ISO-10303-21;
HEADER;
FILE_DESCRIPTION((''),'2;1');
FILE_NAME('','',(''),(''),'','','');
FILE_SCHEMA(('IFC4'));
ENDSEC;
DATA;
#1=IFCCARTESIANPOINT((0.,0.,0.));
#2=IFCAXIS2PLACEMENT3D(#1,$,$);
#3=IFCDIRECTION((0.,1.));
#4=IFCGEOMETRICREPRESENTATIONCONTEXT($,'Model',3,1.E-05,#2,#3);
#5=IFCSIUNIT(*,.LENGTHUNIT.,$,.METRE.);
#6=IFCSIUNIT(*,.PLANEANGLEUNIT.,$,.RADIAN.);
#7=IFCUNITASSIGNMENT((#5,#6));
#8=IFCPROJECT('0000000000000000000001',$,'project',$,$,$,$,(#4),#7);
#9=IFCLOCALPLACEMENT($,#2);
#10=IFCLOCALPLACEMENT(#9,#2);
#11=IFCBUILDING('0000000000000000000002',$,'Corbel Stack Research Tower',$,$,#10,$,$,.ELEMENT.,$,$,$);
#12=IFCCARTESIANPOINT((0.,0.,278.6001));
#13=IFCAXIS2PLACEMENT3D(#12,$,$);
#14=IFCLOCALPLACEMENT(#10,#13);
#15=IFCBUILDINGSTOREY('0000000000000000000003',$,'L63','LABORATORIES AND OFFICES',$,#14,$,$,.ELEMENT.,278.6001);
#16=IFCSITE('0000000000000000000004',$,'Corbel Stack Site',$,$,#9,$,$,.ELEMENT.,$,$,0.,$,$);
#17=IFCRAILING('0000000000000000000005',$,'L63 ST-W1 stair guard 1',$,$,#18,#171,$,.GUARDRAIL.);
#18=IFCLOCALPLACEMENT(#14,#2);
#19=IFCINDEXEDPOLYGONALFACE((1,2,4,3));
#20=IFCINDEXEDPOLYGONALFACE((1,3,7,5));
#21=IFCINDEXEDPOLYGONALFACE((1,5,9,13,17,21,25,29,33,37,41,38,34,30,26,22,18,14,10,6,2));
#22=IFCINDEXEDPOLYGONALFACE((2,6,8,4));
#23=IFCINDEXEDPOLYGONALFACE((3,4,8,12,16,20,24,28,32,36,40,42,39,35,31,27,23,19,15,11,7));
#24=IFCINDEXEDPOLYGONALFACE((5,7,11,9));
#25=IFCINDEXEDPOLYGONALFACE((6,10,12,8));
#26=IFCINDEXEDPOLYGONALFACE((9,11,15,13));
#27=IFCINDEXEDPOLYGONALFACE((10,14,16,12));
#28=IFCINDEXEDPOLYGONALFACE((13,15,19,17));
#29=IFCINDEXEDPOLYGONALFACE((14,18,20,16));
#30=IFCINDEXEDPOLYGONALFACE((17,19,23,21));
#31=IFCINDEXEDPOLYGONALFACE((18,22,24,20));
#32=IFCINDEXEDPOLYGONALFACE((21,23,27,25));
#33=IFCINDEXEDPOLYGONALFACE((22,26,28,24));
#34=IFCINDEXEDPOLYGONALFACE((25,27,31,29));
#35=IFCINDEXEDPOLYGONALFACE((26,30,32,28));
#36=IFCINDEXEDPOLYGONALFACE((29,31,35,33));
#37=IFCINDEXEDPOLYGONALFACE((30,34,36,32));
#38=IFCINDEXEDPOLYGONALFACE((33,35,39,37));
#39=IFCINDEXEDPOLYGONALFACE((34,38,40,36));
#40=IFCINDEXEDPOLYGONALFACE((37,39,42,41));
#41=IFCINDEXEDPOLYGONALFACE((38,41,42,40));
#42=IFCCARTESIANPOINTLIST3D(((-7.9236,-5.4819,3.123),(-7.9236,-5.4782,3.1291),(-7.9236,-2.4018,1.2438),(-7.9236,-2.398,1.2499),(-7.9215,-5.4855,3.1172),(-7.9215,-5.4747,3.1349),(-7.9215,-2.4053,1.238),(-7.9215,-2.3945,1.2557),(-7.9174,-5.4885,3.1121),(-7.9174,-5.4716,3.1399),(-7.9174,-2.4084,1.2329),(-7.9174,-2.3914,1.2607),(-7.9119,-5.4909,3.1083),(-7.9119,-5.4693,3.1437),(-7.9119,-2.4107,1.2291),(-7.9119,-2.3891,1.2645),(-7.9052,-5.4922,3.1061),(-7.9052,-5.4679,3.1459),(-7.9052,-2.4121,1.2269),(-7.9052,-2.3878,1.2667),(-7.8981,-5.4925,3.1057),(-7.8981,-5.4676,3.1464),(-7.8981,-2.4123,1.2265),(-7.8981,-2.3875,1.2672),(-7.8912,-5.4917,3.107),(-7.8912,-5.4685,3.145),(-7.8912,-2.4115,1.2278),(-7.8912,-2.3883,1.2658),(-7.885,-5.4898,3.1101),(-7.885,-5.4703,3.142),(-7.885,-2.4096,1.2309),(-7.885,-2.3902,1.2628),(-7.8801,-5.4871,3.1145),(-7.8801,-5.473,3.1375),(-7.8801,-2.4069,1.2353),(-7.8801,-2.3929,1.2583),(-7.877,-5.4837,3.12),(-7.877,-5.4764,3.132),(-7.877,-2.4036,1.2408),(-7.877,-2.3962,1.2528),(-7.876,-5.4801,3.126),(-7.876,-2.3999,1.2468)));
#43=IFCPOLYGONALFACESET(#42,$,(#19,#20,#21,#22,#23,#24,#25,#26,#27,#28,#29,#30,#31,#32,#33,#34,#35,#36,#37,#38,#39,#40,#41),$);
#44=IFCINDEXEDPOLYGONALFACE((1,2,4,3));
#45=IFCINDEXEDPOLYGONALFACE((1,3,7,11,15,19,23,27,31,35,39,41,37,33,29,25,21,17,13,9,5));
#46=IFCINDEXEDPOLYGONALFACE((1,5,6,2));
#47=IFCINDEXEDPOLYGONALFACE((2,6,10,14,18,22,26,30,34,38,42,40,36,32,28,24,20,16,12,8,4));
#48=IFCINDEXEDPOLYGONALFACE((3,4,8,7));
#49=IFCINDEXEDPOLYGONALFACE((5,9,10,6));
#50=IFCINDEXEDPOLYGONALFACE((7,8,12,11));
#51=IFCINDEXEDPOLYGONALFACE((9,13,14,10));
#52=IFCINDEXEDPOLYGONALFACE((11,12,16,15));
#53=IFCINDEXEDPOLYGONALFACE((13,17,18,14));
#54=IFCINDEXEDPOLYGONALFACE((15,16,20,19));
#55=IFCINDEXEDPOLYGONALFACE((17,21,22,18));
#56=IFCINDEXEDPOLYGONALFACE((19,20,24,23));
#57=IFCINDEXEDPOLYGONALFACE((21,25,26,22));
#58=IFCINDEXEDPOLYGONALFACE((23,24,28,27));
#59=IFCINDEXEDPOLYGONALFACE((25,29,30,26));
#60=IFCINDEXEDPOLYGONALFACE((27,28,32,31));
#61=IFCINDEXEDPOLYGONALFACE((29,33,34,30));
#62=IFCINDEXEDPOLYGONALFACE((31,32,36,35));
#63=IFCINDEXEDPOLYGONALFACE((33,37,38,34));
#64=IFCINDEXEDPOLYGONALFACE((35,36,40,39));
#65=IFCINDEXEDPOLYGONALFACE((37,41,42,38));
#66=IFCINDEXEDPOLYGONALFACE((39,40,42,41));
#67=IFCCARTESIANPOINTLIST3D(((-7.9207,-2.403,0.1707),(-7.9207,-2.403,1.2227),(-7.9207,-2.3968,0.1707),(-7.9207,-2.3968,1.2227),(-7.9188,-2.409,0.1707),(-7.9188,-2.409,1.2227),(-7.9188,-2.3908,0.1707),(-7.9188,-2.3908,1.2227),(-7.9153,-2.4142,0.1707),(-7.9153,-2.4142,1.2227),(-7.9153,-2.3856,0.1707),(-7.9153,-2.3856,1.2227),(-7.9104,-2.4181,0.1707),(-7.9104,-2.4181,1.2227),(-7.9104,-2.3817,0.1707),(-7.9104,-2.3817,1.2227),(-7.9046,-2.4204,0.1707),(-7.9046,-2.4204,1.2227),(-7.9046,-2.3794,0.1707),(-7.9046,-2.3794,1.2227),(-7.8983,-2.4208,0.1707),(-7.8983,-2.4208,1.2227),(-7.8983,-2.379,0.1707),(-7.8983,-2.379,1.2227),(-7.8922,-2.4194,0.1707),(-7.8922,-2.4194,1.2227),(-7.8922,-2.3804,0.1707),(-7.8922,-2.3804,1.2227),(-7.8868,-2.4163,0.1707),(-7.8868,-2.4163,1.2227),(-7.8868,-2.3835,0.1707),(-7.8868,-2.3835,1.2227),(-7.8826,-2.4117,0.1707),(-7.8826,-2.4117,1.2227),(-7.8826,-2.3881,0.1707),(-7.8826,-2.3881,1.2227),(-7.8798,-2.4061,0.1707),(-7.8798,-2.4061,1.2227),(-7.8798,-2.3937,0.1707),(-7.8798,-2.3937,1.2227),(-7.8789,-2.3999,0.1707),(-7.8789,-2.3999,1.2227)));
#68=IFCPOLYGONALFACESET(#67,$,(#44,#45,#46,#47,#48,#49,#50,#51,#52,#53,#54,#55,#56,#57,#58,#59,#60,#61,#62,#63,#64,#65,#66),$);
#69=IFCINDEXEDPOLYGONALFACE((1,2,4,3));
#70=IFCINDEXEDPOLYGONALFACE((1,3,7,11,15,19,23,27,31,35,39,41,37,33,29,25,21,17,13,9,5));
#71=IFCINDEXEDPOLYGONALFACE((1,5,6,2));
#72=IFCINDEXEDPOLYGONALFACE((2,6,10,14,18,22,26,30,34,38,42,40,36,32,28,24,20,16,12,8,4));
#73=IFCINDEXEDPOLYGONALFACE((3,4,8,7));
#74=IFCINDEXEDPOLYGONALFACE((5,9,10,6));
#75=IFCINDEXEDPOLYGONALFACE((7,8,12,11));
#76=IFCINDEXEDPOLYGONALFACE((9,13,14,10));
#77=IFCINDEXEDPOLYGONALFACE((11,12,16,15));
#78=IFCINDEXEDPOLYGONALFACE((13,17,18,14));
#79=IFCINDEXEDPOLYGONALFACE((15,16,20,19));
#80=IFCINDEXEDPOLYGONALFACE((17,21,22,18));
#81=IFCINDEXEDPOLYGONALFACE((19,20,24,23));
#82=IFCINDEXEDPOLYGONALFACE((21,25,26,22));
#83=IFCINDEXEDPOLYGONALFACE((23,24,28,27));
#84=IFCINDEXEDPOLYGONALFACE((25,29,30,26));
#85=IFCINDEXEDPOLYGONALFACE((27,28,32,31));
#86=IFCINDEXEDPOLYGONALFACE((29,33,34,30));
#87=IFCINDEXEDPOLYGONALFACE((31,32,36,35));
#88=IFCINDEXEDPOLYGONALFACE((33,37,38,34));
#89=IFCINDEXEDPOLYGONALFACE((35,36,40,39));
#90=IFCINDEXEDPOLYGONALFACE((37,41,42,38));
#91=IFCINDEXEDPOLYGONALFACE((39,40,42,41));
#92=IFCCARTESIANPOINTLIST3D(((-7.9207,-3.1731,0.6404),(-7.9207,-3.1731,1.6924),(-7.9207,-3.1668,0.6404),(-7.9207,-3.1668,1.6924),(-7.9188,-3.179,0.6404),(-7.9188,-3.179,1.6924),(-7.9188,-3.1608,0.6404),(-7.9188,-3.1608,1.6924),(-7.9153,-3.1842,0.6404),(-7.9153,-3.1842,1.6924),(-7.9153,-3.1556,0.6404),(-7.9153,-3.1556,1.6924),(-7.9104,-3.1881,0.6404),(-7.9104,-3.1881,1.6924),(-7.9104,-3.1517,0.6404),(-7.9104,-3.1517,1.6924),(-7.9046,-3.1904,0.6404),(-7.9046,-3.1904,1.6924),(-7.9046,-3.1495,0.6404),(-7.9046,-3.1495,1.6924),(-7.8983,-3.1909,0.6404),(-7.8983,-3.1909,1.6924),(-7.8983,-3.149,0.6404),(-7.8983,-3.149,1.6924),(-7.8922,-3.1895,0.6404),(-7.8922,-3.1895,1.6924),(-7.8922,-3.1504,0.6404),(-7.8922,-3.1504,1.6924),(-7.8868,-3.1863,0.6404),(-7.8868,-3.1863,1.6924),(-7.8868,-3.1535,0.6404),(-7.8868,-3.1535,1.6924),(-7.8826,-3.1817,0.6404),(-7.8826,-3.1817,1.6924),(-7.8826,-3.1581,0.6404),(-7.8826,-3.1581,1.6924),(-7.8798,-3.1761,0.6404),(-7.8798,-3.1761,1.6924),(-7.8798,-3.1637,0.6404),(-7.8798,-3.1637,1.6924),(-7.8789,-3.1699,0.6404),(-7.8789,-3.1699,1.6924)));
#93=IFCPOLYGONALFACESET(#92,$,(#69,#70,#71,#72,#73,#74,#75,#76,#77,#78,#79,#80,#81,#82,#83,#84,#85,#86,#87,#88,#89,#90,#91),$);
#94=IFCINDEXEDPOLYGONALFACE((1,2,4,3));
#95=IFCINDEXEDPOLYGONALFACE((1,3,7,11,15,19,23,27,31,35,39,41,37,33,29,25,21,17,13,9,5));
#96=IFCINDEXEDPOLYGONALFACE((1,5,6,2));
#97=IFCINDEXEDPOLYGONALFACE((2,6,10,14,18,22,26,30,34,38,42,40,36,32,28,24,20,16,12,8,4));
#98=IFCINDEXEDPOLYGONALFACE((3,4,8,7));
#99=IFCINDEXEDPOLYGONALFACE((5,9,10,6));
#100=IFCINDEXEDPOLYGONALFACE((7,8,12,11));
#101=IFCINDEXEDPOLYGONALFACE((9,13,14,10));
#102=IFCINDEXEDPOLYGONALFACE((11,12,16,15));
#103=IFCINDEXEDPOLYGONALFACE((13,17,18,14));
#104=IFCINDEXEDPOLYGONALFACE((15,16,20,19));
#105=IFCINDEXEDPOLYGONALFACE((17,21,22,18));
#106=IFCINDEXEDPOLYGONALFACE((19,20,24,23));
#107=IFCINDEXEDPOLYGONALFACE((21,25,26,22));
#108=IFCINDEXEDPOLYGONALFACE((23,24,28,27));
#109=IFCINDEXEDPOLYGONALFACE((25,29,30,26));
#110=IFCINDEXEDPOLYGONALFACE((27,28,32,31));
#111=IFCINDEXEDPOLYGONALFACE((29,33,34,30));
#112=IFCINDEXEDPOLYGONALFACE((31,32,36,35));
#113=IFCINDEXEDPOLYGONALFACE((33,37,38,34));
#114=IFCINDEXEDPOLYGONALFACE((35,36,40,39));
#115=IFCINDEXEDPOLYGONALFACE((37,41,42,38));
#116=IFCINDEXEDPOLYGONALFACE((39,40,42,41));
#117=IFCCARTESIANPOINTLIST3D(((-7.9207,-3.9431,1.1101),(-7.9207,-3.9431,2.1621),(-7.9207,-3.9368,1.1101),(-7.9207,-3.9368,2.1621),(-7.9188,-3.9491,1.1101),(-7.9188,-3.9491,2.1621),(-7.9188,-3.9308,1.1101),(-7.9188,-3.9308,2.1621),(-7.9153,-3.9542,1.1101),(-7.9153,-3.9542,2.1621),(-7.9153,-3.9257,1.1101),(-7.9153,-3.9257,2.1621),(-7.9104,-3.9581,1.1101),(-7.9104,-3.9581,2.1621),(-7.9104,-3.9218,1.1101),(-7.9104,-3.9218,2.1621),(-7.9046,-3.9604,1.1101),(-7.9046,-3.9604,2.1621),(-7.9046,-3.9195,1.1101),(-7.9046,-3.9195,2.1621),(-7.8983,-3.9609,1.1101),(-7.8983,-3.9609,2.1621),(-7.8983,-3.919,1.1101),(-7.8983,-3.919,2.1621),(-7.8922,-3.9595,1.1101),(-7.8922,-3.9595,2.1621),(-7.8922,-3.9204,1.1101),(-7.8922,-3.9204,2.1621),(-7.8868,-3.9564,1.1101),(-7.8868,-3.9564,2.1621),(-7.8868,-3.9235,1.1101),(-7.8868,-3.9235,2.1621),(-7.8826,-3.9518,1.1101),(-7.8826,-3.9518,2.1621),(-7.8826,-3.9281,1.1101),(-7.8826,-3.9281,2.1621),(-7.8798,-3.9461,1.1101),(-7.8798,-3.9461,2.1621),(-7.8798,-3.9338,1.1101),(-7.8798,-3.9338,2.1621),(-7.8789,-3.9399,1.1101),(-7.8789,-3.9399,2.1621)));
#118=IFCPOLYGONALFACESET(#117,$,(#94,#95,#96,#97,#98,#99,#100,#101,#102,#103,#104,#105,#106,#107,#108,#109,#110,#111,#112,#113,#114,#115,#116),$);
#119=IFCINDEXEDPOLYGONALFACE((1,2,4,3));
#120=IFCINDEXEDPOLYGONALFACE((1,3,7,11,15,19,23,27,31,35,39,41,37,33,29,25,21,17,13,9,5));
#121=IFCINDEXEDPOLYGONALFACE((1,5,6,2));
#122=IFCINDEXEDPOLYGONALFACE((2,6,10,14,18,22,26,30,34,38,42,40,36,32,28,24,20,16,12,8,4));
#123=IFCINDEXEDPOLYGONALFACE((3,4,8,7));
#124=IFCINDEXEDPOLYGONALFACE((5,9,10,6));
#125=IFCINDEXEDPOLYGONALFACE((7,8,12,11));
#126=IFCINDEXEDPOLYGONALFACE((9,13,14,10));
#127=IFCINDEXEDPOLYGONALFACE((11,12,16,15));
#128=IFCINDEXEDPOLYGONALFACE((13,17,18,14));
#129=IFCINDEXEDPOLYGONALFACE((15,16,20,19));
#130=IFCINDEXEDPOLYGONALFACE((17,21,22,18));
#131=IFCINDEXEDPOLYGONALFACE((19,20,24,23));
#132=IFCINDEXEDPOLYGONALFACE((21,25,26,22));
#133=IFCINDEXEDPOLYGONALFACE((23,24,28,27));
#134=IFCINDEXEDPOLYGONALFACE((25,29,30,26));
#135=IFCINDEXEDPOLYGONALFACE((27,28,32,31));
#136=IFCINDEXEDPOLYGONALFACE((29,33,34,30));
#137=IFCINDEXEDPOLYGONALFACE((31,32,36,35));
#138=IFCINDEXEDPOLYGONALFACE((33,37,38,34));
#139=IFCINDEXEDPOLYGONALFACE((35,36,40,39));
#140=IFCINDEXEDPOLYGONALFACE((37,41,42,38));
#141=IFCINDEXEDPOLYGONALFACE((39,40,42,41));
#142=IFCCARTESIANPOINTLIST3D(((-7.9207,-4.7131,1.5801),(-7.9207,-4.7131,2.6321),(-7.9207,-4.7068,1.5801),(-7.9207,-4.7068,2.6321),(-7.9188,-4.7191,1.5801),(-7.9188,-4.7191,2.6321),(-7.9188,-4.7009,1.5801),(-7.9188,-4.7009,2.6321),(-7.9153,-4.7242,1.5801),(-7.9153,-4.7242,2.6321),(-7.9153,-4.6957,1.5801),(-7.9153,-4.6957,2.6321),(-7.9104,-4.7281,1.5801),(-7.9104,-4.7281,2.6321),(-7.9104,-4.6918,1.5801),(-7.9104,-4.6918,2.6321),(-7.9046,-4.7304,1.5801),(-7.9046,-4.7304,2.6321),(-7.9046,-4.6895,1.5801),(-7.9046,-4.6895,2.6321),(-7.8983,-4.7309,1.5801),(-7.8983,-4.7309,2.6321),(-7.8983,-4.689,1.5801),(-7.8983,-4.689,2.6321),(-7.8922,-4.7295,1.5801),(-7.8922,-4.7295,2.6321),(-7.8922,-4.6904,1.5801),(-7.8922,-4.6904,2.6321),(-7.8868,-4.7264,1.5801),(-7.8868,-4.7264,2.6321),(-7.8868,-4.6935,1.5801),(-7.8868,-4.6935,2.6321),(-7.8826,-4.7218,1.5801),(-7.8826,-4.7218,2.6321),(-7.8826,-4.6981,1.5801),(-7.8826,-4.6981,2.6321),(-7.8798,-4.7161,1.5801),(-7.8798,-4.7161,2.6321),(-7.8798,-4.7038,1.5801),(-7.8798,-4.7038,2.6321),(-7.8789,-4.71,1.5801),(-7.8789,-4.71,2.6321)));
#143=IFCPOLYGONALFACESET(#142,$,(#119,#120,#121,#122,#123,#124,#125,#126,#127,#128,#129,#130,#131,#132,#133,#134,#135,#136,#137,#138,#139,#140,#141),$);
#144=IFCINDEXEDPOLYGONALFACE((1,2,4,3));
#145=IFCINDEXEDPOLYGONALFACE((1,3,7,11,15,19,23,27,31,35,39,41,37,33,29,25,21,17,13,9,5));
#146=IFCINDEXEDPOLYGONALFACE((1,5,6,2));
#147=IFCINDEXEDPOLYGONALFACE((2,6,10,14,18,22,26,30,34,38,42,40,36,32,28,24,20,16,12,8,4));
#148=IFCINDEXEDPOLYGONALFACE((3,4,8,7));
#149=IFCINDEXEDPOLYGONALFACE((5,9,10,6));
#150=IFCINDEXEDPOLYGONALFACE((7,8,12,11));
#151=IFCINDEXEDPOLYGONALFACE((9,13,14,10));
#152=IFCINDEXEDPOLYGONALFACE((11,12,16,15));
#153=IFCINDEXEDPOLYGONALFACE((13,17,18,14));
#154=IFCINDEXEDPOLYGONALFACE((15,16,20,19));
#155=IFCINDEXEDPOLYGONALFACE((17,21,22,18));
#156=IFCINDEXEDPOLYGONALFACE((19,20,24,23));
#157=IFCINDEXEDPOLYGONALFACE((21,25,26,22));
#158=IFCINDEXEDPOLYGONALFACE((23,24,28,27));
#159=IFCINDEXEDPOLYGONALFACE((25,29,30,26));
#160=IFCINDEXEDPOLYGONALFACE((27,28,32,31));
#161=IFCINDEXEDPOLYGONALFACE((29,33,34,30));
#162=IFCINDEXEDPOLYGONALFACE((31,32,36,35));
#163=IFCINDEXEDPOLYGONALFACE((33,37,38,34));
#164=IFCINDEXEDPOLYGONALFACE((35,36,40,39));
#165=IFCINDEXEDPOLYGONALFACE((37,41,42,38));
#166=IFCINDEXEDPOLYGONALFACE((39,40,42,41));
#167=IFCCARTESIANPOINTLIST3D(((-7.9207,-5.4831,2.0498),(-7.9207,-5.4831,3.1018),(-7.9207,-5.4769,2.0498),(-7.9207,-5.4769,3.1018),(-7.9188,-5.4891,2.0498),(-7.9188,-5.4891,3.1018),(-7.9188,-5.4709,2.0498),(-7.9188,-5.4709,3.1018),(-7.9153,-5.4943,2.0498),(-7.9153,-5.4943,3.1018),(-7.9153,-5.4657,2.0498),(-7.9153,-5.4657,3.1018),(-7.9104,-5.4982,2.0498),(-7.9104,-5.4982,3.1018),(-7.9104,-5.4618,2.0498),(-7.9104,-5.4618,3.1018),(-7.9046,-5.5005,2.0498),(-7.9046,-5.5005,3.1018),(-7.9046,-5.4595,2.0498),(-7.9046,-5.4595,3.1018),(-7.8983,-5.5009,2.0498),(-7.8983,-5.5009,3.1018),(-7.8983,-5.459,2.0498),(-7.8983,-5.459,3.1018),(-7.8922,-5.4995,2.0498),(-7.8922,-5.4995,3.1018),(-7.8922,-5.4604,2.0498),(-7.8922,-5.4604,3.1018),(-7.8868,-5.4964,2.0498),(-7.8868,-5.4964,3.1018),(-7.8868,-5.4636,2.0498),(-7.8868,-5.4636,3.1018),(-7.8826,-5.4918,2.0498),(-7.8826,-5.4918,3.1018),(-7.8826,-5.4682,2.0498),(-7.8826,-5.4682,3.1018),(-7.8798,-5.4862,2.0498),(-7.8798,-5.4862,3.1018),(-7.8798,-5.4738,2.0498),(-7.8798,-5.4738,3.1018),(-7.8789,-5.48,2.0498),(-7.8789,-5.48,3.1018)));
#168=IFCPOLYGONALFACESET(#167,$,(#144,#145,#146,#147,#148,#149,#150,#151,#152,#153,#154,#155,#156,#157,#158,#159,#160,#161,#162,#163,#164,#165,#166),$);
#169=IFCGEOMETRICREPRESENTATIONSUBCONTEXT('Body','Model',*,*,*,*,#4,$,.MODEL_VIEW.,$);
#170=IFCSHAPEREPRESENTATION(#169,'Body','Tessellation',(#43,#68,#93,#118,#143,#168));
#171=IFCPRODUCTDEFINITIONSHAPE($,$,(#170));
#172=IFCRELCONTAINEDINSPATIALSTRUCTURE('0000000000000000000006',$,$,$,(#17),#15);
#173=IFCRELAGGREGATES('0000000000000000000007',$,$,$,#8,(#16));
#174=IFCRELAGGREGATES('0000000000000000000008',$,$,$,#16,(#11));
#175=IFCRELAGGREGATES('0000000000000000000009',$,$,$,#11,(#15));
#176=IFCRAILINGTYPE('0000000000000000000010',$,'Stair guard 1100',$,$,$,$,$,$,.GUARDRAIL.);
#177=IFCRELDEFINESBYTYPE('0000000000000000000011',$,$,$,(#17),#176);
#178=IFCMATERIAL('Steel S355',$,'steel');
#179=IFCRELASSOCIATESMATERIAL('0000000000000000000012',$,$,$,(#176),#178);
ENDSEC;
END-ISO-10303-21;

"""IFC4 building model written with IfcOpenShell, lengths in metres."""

from ifc_helpers import new_model, si_unit, direction, frame, origin, origin_2d, place, context, subcontext, project, spatial, circle, extrude, material, type_object, element, save


model = new_model("IFC4")

# Units and contexts
model_context = context("Model", 3, precision=1e-05, world=origin(), true_north=direction((0.0, 1.0)))
body_context = subcontext(model_context, "Body", "Model", "MODEL_VIEW")
ifc_project = project(units=[si_unit("LENGTHUNIT", "METRE"), si_unit("PLANEANGLEUNIT", "RADIAN")], contexts=[model_context])

# Site, building, storey
site_placement = place(None, origin())
site = spatial("IfcSite", under=ifc_project, at=site_placement, Name="Corbel Stack Site", CompositionType="ELEMENT", RefElevation=0.0)
building_placement = place(site_placement, origin())
building = spatial("IfcBuilding", under=site, at=building_placement, Name="Corbel Stack Research Tower", CompositionType="ELEMENT")
storey_placement = place(building_placement, frame((0.0, 0.0, 278.6001)))
storey = spatial("IfcBuildingStorey", under=building, at=storey_placement, Name="L63", Description="LABORATORIES AND OFFICES", CompositionType="ELEMENT", Elevation=278.6001)

# Railing
ifc_material_1 = material(Name="Steel S355", Category="steel")
railing_type = type_object("IfcRailingType", Name="Stair guard 1100", PredefinedType="GUARDRAIL", material=ifc_material_1)
railing_1_placement = place(storey_placement, frame((-7.8999, -2.3999, 0.1707)))
element("IfcRailing", 1, at=railing_1_placement, inside=storey, type_object=railing_type, Name="L63 ST-W1 stair guard 1", PredefinedType="GUARDRAIL", context=body_context, shape_type="SweptSolid", body=[
    extrude(circle(Radius=0.0239, at=origin_2d()), frame((0.0, 0.0, 1.0762), z_axis=(0.0, -0.853666, 0.52082), x_axis=(1.0, 0.0, 0.0)), (0.0, 0.0, 1.0), 3.6082),
    extrude(circle(Radius=0.021, at=origin_2d()), origin(), (0.0, 0.0, 1.0), 1.052),
    extrude(circle(Radius=0.021, at=origin_2d()), frame((0.0, -0.77, 0.4697)), (0.0, 0.0, 1.0), 1.052),
    extrude(circle(Radius=0.021, at=origin_2d()), frame((0.0, -1.54, 0.9395)), (0.0, 0.0, 1.0), 1.052),
    extrude(circle(Radius=0.021, at=origin_2d()), frame((0.0, -2.3101, 1.4094)), (0.0, 0.0, 1.0), 1.052),
    extrude(circle(Radius=0.021, at=origin_2d()), frame((0.0, -3.0801, 1.8792)), (0.0, 0.0, 1.0), 1.052),
])

save(model, "model.ifc")
